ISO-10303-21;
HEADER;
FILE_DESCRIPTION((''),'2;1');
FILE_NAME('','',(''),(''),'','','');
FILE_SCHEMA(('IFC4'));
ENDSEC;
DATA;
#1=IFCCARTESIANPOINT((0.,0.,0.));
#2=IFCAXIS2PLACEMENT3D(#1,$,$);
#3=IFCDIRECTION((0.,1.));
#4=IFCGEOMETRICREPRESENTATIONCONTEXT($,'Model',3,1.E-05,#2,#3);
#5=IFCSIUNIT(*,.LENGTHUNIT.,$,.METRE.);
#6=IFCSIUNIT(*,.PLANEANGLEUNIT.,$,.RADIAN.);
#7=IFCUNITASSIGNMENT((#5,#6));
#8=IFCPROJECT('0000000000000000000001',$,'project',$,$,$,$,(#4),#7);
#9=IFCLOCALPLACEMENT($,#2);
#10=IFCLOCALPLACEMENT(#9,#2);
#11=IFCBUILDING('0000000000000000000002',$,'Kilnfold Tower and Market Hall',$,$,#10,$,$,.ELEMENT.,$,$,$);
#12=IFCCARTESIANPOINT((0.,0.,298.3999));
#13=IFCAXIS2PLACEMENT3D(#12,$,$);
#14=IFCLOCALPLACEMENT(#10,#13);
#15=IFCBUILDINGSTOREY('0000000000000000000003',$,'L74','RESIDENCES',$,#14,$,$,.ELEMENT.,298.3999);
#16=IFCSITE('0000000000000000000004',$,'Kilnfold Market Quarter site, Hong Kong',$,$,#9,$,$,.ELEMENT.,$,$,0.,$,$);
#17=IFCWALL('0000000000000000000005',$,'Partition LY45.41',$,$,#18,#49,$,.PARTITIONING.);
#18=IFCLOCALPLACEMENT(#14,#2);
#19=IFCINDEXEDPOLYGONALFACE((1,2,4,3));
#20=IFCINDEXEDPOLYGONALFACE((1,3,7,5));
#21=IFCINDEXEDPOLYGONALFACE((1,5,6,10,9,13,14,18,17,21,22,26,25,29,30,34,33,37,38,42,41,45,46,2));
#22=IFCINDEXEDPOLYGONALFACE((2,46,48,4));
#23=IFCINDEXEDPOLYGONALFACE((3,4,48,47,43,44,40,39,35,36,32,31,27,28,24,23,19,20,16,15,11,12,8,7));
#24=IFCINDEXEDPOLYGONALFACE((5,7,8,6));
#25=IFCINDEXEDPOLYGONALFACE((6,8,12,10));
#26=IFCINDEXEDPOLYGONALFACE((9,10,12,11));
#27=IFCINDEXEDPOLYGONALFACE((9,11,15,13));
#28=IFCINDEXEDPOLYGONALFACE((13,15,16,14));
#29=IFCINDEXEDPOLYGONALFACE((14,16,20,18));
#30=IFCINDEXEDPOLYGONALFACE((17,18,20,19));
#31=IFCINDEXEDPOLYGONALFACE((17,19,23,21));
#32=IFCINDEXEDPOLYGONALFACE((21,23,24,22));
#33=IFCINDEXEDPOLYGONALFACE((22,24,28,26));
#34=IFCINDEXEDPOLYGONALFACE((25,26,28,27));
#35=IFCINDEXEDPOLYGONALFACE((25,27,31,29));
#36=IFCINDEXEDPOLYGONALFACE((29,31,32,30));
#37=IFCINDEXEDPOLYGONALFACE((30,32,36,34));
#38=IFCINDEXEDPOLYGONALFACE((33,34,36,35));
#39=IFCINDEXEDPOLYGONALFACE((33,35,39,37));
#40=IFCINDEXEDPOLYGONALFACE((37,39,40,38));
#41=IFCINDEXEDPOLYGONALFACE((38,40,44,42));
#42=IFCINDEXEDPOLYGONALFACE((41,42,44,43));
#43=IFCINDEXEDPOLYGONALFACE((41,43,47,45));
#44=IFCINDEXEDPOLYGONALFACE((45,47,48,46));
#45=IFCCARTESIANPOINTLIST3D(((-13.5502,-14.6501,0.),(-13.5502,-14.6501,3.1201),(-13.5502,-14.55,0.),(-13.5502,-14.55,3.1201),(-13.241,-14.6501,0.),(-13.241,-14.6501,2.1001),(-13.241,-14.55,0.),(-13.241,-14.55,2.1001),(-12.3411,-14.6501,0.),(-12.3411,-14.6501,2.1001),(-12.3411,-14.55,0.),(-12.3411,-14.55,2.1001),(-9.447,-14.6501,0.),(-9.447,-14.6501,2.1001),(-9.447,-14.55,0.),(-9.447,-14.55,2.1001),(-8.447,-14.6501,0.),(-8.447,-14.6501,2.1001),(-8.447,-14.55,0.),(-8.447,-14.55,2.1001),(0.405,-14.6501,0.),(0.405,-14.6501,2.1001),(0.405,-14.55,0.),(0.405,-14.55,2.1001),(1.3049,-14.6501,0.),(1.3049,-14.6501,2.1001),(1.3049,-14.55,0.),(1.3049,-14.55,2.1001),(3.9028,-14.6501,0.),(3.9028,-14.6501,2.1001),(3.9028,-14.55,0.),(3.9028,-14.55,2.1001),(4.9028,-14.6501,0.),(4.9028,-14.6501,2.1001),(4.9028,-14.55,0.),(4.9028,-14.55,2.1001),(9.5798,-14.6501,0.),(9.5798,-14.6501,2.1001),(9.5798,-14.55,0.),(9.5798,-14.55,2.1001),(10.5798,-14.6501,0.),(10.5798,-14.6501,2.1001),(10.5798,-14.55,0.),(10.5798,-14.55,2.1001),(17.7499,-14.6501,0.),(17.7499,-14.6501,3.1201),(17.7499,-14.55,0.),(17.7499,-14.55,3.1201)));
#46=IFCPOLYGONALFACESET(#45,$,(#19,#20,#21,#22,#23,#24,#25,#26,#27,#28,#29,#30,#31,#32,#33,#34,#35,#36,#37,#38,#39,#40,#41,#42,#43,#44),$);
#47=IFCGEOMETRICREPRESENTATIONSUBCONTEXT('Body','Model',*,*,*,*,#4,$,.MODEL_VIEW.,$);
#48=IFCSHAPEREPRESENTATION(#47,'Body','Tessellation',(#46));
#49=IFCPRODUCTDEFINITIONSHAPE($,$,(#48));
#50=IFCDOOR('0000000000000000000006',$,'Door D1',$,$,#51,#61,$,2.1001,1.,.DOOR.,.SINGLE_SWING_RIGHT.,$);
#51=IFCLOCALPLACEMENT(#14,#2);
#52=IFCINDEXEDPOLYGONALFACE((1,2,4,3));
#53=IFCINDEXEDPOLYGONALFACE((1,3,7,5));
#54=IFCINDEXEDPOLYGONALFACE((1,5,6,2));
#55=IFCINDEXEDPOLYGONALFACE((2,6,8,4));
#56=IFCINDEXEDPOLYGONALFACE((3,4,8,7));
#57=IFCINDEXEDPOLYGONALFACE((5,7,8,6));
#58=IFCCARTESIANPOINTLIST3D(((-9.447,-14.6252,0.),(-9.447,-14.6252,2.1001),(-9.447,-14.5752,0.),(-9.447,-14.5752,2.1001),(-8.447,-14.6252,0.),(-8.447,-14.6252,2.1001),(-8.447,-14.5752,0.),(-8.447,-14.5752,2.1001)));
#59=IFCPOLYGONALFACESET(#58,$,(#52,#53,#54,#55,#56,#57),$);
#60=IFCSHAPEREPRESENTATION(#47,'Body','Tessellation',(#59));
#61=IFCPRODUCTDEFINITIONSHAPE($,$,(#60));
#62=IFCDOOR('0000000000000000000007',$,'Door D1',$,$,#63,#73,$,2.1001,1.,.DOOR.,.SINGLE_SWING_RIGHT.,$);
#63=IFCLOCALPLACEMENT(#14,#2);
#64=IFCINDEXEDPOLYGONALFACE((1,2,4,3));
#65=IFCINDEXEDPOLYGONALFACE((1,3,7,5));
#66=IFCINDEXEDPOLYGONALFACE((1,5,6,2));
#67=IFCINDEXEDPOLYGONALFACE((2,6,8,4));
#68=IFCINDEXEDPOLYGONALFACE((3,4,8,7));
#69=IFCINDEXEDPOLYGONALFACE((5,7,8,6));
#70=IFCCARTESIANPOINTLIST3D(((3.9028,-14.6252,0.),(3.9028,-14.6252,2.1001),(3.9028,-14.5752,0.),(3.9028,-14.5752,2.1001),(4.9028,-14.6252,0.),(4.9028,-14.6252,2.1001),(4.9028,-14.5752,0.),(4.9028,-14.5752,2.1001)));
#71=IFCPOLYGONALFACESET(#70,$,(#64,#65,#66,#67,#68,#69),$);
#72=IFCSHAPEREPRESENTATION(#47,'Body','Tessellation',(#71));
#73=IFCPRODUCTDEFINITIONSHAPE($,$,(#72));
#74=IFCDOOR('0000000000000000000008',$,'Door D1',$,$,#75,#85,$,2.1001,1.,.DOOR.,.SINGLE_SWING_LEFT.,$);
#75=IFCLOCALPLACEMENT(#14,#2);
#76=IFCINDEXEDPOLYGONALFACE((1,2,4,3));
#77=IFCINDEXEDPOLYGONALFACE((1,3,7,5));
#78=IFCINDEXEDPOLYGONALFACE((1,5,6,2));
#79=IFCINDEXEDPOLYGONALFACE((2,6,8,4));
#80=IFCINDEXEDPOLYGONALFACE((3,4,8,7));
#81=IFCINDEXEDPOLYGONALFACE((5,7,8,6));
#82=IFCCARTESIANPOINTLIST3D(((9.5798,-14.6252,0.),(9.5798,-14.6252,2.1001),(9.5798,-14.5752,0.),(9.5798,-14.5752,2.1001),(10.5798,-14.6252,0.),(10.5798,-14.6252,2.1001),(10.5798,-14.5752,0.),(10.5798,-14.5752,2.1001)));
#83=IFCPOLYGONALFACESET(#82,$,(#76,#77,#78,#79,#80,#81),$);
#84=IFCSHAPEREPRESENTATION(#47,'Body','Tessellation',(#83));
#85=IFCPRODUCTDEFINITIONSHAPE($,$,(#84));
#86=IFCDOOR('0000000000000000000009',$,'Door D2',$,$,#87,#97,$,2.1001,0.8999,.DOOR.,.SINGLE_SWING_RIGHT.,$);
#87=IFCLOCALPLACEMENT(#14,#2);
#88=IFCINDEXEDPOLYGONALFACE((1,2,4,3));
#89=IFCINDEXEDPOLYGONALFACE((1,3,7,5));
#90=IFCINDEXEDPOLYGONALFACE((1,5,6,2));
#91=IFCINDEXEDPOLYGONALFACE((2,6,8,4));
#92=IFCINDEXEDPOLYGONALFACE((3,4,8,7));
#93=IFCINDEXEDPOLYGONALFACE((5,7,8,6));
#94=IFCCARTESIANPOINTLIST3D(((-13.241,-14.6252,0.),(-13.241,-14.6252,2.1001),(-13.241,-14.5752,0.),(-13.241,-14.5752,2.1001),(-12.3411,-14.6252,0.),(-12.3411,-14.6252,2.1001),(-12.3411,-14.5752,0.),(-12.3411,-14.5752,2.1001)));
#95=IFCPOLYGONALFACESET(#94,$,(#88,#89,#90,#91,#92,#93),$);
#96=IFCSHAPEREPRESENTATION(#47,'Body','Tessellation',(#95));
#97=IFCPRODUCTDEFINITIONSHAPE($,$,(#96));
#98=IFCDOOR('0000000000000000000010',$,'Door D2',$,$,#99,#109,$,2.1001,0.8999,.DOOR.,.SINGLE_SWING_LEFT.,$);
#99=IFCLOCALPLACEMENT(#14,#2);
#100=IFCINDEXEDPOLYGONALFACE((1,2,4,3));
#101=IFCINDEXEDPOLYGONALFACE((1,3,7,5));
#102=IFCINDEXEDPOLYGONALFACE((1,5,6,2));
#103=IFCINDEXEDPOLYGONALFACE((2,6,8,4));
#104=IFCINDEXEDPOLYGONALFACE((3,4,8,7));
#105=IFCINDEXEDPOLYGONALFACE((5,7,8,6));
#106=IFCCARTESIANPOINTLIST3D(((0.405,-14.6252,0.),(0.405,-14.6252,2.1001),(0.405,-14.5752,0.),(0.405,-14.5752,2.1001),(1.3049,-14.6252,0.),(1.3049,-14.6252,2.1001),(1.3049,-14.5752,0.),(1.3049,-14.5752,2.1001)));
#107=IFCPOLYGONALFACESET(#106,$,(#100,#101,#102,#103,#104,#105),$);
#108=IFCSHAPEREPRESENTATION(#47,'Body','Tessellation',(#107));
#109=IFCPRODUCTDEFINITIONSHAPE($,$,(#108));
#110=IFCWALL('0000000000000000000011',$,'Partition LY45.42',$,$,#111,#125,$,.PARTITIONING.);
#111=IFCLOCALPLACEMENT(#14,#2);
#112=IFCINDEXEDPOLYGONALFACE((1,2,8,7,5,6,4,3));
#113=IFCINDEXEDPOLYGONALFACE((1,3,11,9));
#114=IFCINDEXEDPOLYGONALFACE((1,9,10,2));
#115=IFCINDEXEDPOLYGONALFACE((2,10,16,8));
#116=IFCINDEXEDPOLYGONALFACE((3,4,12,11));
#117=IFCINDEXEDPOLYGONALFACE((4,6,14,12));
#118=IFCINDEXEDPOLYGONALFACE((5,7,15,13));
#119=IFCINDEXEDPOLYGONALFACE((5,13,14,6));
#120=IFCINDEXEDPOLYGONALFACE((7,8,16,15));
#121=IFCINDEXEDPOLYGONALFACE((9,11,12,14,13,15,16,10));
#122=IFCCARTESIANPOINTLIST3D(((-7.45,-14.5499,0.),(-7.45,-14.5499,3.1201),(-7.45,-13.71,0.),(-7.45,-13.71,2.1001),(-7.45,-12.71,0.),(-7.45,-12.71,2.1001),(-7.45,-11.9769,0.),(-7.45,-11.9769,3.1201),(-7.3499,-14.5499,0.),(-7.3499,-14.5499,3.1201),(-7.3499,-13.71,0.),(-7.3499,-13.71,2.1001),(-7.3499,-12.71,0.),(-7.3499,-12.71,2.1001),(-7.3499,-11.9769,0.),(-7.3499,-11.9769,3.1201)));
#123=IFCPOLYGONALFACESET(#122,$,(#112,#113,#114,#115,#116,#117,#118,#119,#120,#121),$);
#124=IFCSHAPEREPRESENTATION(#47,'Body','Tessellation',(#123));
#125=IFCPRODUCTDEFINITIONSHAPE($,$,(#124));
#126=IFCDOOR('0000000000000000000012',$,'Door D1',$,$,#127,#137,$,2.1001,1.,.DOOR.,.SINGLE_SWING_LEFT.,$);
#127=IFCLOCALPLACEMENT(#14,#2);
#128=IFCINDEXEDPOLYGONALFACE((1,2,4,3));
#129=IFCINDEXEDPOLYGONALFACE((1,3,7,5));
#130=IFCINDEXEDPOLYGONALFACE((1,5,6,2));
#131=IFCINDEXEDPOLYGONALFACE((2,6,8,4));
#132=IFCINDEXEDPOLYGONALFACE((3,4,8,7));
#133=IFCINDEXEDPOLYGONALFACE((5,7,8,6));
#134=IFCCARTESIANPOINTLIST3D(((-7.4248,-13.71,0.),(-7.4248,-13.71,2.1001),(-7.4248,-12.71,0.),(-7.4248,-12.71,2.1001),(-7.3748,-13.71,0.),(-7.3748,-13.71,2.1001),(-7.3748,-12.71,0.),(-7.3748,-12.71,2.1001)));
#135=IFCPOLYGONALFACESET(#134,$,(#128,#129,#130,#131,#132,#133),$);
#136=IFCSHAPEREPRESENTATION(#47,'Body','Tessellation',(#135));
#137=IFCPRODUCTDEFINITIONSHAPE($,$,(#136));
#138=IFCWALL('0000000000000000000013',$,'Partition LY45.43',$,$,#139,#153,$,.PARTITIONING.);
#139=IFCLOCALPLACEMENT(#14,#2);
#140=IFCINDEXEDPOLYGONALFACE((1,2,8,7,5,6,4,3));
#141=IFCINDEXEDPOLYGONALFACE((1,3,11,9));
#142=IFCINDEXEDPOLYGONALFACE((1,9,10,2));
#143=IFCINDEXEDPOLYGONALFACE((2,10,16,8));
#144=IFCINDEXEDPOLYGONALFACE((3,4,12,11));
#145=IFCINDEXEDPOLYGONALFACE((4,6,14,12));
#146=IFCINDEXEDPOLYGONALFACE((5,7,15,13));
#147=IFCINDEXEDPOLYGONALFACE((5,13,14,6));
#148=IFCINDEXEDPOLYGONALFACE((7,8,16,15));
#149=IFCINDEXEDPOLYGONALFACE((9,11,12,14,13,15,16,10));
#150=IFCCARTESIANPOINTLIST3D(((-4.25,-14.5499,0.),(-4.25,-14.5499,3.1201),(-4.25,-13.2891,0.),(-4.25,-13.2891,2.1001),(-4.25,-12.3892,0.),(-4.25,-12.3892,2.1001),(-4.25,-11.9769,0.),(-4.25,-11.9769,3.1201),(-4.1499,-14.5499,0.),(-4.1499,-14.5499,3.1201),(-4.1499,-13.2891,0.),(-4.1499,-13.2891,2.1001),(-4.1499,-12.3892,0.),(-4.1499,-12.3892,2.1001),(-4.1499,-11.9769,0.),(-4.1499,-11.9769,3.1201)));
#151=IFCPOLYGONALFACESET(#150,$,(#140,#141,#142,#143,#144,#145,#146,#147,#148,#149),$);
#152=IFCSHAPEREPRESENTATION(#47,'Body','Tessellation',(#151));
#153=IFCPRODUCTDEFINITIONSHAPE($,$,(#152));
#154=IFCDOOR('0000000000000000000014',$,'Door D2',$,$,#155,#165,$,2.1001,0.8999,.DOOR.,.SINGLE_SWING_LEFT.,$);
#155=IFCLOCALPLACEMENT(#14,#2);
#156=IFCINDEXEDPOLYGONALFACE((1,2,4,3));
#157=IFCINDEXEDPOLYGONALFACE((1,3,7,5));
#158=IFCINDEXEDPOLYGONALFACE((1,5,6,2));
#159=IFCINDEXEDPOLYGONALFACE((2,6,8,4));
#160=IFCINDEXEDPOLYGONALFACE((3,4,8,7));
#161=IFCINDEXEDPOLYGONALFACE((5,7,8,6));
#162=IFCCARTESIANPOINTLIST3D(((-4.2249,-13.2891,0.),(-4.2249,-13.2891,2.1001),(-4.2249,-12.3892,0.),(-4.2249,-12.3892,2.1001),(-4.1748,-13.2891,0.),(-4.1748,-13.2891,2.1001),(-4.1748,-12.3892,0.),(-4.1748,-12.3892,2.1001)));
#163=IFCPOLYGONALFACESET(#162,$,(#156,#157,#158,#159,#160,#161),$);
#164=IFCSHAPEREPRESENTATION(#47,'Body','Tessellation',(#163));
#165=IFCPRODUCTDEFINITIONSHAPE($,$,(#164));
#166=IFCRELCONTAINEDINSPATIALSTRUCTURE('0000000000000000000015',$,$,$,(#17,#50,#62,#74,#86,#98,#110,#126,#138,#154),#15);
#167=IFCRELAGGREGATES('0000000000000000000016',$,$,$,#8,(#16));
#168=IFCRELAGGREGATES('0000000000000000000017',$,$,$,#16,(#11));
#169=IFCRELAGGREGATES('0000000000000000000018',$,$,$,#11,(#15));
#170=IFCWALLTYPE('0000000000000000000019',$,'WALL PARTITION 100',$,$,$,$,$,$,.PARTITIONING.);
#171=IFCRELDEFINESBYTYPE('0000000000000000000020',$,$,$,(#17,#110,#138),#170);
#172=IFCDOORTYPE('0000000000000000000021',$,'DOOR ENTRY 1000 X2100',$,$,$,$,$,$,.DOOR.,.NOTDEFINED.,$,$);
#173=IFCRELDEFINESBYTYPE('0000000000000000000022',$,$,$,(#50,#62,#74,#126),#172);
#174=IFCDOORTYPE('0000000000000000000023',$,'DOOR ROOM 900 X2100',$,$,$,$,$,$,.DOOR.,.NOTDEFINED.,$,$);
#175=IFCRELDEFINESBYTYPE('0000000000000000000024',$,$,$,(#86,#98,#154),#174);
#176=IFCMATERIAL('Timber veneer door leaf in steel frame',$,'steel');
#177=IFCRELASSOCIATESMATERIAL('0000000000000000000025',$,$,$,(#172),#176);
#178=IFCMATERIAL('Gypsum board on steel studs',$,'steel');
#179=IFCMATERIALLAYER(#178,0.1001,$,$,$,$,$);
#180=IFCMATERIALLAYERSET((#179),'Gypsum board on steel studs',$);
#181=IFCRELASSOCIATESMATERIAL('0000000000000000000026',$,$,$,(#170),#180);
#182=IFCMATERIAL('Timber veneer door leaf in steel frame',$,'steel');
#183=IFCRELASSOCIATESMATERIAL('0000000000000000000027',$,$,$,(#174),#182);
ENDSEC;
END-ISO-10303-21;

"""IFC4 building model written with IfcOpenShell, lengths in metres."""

from ifc_helpers import new_model, si_unit, direction, frame, frame_2d, origin, place, context, subcontext, project, spatial, rectangle, extrude, material, layer, layer_set, type_object, element, fill, save


model = new_model("IFC4")

# Units and contexts
model_context = context("Model", 3, precision=1e-05, world=origin(), true_north=direction((0.0, 1.0)))
body_context = subcontext(model_context, "Body", "Model", "MODEL_VIEW")
ifc_project = project(units=[si_unit("LENGTHUNIT", "METRE"), si_unit("PLANEANGLEUNIT", "RADIAN")], contexts=[model_context])

# Site, building, storey
site_placement = place(None, origin())
site = spatial("IfcSite", under=ifc_project, at=site_placement, Name="Kilnfold Market Quarter site, Hong Kong", CompositionType="ELEMENT", RefElevation=0.0)
building_placement = place(site_placement, origin())
building = spatial("IfcBuilding", under=site, at=building_placement, Name="Kilnfold Tower and Market Hall", CompositionType="ELEMENT")
storey_placement = place(building_placement, frame((0.0, 0.0, 298.3999)))
storey = spatial("IfcBuildingStorey", under=building, at=storey_placement, Name="L74", Description="RESIDENCES", CompositionType="ELEMENT", Elevation=298.3999)

# Shared definitions
ifc_material_1 = material(Name="Timber veneer door leaf in steel frame", Category="steel")
door_type_1 = type_object("IfcDoorType", Name="DOOR ENTRY 1000 X2100", OperationType="NOTDEFINED", PredefinedType="DOOR", material=ifc_material_1)

# Shared definitions
ifc_material_2 = material(Name="Gypsum board on steel studs", Category="steel")
ifc_layer_1 = layer(ifc_material_2, 0.1001)
ifc_layer_set_1 = layer_set([ifc_layer_1], Name="Gypsum board on steel studs")
wall_type_1 = type_object("IfcWallType", Name="WALL PARTITION 100", PredefinedType="PARTITIONING", material=ifc_layer_set_1)

# Wall, openings, doors
wall_1_placement = place(storey_placement, frame((-13.55, -14.6001, 0.0), z_axis=(0.0, 0.0, 1.0), x_axis=(1.0, 0.0, 0.0)))
wall_1 = element("IfcWall", 1, at=wall_1_placement, inside=storey, type_object=wall_type_1, Name="Partition LY45.41", PredefinedType="PARTITIONING", context=body_context, shape_type="SweptSolid", body=[
    extrude(rectangle(XDim=31.3, YDim=0.1001, at=frame_2d((15.6499, 0.0))), origin(), (0.0, 0.0, 1.0), 3.1201),
])
opening_1_placement = place(wall_1_placement, frame((0.3091, 0.0, 0.0)))
opening_1 = element("IfcOpeningElement", 2, at=opening_1_placement, cuts=wall_1, PredefinedType="OPENING", context=body_context, shape_type="SweptSolid", body=[
    extrude(rectangle(XDim=0.8999, YDim=2.1001, at=frame_2d((0.45, 1.05))), frame((0.0, 0.0601, 0.0), z_axis=(0.0, -1.0, 0.0), x_axis=(1.0, 0.0, 0.0)), (0.0, 0.0, 1.0), 0.1201),
])
opening_2_placement = place(wall_1_placement, frame((4.103, 0.0, 0.0)))
opening_2 = element("IfcOpeningElement", 3, at=opening_2_placement, cuts=wall_1, PredefinedType="OPENING", context=body_context, shape_type="SweptSolid", body=[
    extrude(rectangle(XDim=1.0, YDim=2.1001, at=frame_2d((0.5, 1.05))), frame((0.0, 0.0601, 0.0), z_axis=(0.0, -1.0, 0.0), x_axis=(1.0, 0.0, 0.0)), (0.0, 0.0, 1.0), 0.1201),
])
opening_3_placement = place(wall_1_placement, frame((13.9551, 0.0, 0.0)))
opening_3 = element("IfcOpeningElement", 4, at=opening_3_placement, cuts=wall_1, PredefinedType="OPENING", context=body_context, shape_type="SweptSolid", body=[
    extrude(rectangle(XDim=0.8999, YDim=2.1001, at=frame_2d((0.45, 1.05))), frame((0.0, 0.0601, 0.0), z_axis=(0.0, -1.0, 0.0), x_axis=(1.0, 0.0, 0.0)), (0.0, 0.0, 1.0), 0.1201),
])
opening_4_placement = place(wall_1_placement, frame((17.4529, 0.0, 0.0)))
opening_4 = element("IfcOpeningElement", 5, at=opening_4_placement, cuts=wall_1, PredefinedType="OPENING", context=body_context, shape_type="SweptSolid", body=[
    extrude(rectangle(XDim=1.0, YDim=2.1001, at=frame_2d((0.5, 1.05))), frame((0.0, 0.0601, 0.0), z_axis=(0.0, -1.0, 0.0), x_axis=(1.0, 0.0, 0.0)), (0.0, 0.0, 1.0), 0.1201),
])
opening_5_placement = place(wall_1_placement, frame((23.1299, 0.0, 0.0)))
opening_5 = element("IfcOpeningElement", 6, at=opening_5_placement, cuts=wall_1, PredefinedType="OPENING", context=body_context, shape_type="SweptSolid", body=[
    extrude(rectangle(XDim=1.0, YDim=2.1001, at=frame_2d((0.5, 1.05))), frame((0.0, 0.0601, 0.0), z_axis=(0.0, -1.0, 0.0), x_axis=(1.0, 0.0, 0.0)), (0.0, 0.0, 1.0), 0.1201),
])
door_1_placement = place(opening_2_placement, origin())
door_1 = element("IfcDoor", 7, at=door_1_placement, inside=storey, type_object=door_type_1, Name="Door D1", OperationType="SINGLE_SWING_RIGHT", OverallHeight=2.1001, OverallWidth=1.0, PredefinedType="DOOR", context=body_context, shape_type="SweptSolid", body=[
    extrude(rectangle(XDim=1.0, YDim=2.1001, at=frame_2d((0.5, 1.05))), frame((0.0, 0.0249, 0.0), z_axis=(0.0, -1.0, 0.0), x_axis=(1.0, 0.0, 0.0)), (0.0, 0.0, 1.0), 0.05),
])
fill(opening_2, door_1)
door_2_placement = place(opening_4_placement, origin())
door_2 = element("IfcDoor", 8, at=door_2_placement, inside=storey, type_object=door_type_1, Name="Door D1", OperationType="SINGLE_SWING_RIGHT", OverallHeight=2.1001, OverallWidth=1.0, PredefinedType="DOOR", context=body_context, shape_type="SweptSolid", body=[
    extrude(rectangle(XDim=1.0, YDim=2.1001, at=frame_2d((0.5, 1.05))), frame((0.0, 0.0249, 0.0), z_axis=(0.0, -1.0, 0.0), x_axis=(1.0, 0.0, 0.0)), (0.0, 0.0, 1.0), 0.05),
])
fill(opening_4, door_2)
door_3_placement = place(opening_5_placement, origin())
door_3 = element("IfcDoor", 9, at=door_3_placement, inside=storey, type_object=door_type_1, Name="Door D1", OperationType="SINGLE_SWING_LEFT", OverallHeight=2.1001, OverallWidth=1.0, PredefinedType="DOOR", context=body_context, shape_type="SweptSolid", body=[
    extrude(rectangle(XDim=1.0, YDim=2.1001, at=frame_2d((0.5, 1.05))), frame((0.0, 0.0249, 0.0), z_axis=(0.0, -1.0, 0.0), x_axis=(1.0, 0.0, 0.0)), (0.0, 0.0, 1.0), 0.05),
])
fill(opening_5, door_3)
ifc_material_3 = material(Name="Timber veneer door leaf in steel frame", Category="steel")
door_type_2 = type_object("IfcDoorType", Name="DOOR ROOM 900 X2100", OperationType="NOTDEFINED", PredefinedType="DOOR", material=ifc_material_3)
door_4_placement = place(opening_1_placement, origin())
door_4 = element("IfcDoor", 10, at=door_4_placement, inside=storey, type_object=door_type_2, Name="Door D2", OperationType="SINGLE_SWING_RIGHT", OverallHeight=2.1001, OverallWidth=0.8999, PredefinedType="DOOR", context=body_context, shape_type="SweptSolid", body=[
    extrude(rectangle(XDim=0.8999, YDim=2.1001, at=frame_2d((0.45, 1.05))), frame((0.0, 0.0249, 0.0), z_axis=(0.0, -1.0, 0.0), x_axis=(1.0, 0.0, 0.0)), (0.0, 0.0, 1.0), 0.05),
])
fill(opening_1, door_4)
door_5_placement = place(opening_3_placement, origin())
door_5 = element("IfcDoor", 11, at=door_5_placement, inside=storey, type_object=door_type_2, Name="Door D2", OperationType="SINGLE_SWING_LEFT", OverallHeight=2.1001, OverallWidth=0.8999, PredefinedType="DOOR", context=body_context, shape_type="SweptSolid", body=[
    extrude(rectangle(XDim=0.8999, YDim=2.1001, at=frame_2d((0.45, 1.05))), frame((0.0, 0.0249, 0.0), z_axis=(0.0, -1.0, 0.0), x_axis=(1.0, 0.0, 0.0)), (0.0, 0.0, 1.0), 0.05),
])
fill(opening_3, door_5)

# Walls, openings, doors
wall_2_placement = place(storey_placement, frame((-7.3999, -14.55, 0.0), z_axis=(0.0, 0.0, 1.0), x_axis=(0.0, 1.0, 0.0)))
wall_2 = element("IfcWall", 12, at=wall_2_placement, inside=storey, type_object=wall_type_1, Name="Partition LY45.42", PredefinedType="PARTITIONING", context=body_context, shape_type="SweptSolid", body=[
    extrude(rectangle(XDim=2.573, YDim=0.1001, at=frame_2d((1.2866, 0.0))), origin(), (0.0, 0.0, 1.0), 3.1201),
])
opening_6_placement = place(wall_2_placement, frame((0.8401, 0.0, 0.0)))
opening_6 = element("IfcOpeningElement", 13, at=opening_6_placement, cuts=wall_2, PredefinedType="OPENING", context=body_context, shape_type="SweptSolid", body=[
    extrude(rectangle(XDim=1.0, YDim=2.1001, at=frame_2d((0.5, 1.05))), frame((0.0, 0.0601, 0.0), z_axis=(0.0, -1.0, 0.0), x_axis=(1.0, 0.0, 0.0)), (0.0, 0.0, 1.0), 0.1201),
])
door_6_placement = place(opening_6_placement, origin())
door_6 = element("IfcDoor", 14, at=door_6_placement, inside=storey, type_object=door_type_1, Name="Door D1", OperationType="SINGLE_SWING_LEFT", OverallHeight=2.1001, OverallWidth=1.0, PredefinedType="DOOR", context=body_context, shape_type="SweptSolid", body=[
    extrude(rectangle(XDim=1.0, YDim=2.1001, at=frame_2d((0.5, 1.05))), frame((0.0, 0.0249, 0.0), z_axis=(0.0, -1.0, 0.0), x_axis=(1.0, 0.0, 0.0)), (0.0, 0.0, 1.0), 0.05),
])
fill(opening_6, door_6)
wall_3_placement = place(storey_placement, frame((-4.2, -14.55, 0.0), z_axis=(0.0, 0.0, 1.0), x_axis=(0.0, 1.0, 0.0)))
wall_3 = element("IfcWall", 15, at=wall_3_placement, inside=storey, type_object=wall_type_1, Name="Partition LY45.43", PredefinedType="PARTITIONING", context=body_context, shape_type="SweptSolid", body=[
    extrude(rectangle(XDim=2.573, YDim=0.1001, at=frame_2d((1.2866, 0.0))), origin(), (0.0, 0.0, 1.0), 3.1201),
])
opening_7_placement = place(wall_3_placement, frame((1.261, 0.0, 0.0)))
opening_7 = element("IfcOpeningElement", 16, at=opening_7_placement, cuts=wall_3, PredefinedType="OPENING", context=body_context, shape_type="SweptSolid", body=[
    extrude(rectangle(XDim=0.8999, YDim=2.1001, at=frame_2d((0.45, 1.05))), frame((0.0, 0.0601, 0.0), z_axis=(0.0, -1.0, 0.0), x_axis=(1.0, 0.0, 0.0)), (0.0, 0.0, 1.0), 0.1201),
])
door_7_placement = place(opening_7_placement, origin())
door_7 = element("IfcDoor", 17, at=door_7_placement, inside=storey, type_object=door_type_2, Name="Door D2", OperationType="SINGLE_SWING_LEFT", OverallHeight=2.1001, OverallWidth=0.8999, PredefinedType="DOOR", context=body_context, shape_type="SweptSolid", body=[
    extrude(rectangle(XDim=0.8999, YDim=2.1001, at=frame_2d((0.45, 1.05))), frame((0.0, 0.0249, 0.0), z_axis=(0.0, -1.0, 0.0), x_axis=(1.0, 0.0, 0.0)), (0.0, 0.0, 1.0), 0.05),
])
fill(opening_7, door_7)

save(model, "model.ifc")
